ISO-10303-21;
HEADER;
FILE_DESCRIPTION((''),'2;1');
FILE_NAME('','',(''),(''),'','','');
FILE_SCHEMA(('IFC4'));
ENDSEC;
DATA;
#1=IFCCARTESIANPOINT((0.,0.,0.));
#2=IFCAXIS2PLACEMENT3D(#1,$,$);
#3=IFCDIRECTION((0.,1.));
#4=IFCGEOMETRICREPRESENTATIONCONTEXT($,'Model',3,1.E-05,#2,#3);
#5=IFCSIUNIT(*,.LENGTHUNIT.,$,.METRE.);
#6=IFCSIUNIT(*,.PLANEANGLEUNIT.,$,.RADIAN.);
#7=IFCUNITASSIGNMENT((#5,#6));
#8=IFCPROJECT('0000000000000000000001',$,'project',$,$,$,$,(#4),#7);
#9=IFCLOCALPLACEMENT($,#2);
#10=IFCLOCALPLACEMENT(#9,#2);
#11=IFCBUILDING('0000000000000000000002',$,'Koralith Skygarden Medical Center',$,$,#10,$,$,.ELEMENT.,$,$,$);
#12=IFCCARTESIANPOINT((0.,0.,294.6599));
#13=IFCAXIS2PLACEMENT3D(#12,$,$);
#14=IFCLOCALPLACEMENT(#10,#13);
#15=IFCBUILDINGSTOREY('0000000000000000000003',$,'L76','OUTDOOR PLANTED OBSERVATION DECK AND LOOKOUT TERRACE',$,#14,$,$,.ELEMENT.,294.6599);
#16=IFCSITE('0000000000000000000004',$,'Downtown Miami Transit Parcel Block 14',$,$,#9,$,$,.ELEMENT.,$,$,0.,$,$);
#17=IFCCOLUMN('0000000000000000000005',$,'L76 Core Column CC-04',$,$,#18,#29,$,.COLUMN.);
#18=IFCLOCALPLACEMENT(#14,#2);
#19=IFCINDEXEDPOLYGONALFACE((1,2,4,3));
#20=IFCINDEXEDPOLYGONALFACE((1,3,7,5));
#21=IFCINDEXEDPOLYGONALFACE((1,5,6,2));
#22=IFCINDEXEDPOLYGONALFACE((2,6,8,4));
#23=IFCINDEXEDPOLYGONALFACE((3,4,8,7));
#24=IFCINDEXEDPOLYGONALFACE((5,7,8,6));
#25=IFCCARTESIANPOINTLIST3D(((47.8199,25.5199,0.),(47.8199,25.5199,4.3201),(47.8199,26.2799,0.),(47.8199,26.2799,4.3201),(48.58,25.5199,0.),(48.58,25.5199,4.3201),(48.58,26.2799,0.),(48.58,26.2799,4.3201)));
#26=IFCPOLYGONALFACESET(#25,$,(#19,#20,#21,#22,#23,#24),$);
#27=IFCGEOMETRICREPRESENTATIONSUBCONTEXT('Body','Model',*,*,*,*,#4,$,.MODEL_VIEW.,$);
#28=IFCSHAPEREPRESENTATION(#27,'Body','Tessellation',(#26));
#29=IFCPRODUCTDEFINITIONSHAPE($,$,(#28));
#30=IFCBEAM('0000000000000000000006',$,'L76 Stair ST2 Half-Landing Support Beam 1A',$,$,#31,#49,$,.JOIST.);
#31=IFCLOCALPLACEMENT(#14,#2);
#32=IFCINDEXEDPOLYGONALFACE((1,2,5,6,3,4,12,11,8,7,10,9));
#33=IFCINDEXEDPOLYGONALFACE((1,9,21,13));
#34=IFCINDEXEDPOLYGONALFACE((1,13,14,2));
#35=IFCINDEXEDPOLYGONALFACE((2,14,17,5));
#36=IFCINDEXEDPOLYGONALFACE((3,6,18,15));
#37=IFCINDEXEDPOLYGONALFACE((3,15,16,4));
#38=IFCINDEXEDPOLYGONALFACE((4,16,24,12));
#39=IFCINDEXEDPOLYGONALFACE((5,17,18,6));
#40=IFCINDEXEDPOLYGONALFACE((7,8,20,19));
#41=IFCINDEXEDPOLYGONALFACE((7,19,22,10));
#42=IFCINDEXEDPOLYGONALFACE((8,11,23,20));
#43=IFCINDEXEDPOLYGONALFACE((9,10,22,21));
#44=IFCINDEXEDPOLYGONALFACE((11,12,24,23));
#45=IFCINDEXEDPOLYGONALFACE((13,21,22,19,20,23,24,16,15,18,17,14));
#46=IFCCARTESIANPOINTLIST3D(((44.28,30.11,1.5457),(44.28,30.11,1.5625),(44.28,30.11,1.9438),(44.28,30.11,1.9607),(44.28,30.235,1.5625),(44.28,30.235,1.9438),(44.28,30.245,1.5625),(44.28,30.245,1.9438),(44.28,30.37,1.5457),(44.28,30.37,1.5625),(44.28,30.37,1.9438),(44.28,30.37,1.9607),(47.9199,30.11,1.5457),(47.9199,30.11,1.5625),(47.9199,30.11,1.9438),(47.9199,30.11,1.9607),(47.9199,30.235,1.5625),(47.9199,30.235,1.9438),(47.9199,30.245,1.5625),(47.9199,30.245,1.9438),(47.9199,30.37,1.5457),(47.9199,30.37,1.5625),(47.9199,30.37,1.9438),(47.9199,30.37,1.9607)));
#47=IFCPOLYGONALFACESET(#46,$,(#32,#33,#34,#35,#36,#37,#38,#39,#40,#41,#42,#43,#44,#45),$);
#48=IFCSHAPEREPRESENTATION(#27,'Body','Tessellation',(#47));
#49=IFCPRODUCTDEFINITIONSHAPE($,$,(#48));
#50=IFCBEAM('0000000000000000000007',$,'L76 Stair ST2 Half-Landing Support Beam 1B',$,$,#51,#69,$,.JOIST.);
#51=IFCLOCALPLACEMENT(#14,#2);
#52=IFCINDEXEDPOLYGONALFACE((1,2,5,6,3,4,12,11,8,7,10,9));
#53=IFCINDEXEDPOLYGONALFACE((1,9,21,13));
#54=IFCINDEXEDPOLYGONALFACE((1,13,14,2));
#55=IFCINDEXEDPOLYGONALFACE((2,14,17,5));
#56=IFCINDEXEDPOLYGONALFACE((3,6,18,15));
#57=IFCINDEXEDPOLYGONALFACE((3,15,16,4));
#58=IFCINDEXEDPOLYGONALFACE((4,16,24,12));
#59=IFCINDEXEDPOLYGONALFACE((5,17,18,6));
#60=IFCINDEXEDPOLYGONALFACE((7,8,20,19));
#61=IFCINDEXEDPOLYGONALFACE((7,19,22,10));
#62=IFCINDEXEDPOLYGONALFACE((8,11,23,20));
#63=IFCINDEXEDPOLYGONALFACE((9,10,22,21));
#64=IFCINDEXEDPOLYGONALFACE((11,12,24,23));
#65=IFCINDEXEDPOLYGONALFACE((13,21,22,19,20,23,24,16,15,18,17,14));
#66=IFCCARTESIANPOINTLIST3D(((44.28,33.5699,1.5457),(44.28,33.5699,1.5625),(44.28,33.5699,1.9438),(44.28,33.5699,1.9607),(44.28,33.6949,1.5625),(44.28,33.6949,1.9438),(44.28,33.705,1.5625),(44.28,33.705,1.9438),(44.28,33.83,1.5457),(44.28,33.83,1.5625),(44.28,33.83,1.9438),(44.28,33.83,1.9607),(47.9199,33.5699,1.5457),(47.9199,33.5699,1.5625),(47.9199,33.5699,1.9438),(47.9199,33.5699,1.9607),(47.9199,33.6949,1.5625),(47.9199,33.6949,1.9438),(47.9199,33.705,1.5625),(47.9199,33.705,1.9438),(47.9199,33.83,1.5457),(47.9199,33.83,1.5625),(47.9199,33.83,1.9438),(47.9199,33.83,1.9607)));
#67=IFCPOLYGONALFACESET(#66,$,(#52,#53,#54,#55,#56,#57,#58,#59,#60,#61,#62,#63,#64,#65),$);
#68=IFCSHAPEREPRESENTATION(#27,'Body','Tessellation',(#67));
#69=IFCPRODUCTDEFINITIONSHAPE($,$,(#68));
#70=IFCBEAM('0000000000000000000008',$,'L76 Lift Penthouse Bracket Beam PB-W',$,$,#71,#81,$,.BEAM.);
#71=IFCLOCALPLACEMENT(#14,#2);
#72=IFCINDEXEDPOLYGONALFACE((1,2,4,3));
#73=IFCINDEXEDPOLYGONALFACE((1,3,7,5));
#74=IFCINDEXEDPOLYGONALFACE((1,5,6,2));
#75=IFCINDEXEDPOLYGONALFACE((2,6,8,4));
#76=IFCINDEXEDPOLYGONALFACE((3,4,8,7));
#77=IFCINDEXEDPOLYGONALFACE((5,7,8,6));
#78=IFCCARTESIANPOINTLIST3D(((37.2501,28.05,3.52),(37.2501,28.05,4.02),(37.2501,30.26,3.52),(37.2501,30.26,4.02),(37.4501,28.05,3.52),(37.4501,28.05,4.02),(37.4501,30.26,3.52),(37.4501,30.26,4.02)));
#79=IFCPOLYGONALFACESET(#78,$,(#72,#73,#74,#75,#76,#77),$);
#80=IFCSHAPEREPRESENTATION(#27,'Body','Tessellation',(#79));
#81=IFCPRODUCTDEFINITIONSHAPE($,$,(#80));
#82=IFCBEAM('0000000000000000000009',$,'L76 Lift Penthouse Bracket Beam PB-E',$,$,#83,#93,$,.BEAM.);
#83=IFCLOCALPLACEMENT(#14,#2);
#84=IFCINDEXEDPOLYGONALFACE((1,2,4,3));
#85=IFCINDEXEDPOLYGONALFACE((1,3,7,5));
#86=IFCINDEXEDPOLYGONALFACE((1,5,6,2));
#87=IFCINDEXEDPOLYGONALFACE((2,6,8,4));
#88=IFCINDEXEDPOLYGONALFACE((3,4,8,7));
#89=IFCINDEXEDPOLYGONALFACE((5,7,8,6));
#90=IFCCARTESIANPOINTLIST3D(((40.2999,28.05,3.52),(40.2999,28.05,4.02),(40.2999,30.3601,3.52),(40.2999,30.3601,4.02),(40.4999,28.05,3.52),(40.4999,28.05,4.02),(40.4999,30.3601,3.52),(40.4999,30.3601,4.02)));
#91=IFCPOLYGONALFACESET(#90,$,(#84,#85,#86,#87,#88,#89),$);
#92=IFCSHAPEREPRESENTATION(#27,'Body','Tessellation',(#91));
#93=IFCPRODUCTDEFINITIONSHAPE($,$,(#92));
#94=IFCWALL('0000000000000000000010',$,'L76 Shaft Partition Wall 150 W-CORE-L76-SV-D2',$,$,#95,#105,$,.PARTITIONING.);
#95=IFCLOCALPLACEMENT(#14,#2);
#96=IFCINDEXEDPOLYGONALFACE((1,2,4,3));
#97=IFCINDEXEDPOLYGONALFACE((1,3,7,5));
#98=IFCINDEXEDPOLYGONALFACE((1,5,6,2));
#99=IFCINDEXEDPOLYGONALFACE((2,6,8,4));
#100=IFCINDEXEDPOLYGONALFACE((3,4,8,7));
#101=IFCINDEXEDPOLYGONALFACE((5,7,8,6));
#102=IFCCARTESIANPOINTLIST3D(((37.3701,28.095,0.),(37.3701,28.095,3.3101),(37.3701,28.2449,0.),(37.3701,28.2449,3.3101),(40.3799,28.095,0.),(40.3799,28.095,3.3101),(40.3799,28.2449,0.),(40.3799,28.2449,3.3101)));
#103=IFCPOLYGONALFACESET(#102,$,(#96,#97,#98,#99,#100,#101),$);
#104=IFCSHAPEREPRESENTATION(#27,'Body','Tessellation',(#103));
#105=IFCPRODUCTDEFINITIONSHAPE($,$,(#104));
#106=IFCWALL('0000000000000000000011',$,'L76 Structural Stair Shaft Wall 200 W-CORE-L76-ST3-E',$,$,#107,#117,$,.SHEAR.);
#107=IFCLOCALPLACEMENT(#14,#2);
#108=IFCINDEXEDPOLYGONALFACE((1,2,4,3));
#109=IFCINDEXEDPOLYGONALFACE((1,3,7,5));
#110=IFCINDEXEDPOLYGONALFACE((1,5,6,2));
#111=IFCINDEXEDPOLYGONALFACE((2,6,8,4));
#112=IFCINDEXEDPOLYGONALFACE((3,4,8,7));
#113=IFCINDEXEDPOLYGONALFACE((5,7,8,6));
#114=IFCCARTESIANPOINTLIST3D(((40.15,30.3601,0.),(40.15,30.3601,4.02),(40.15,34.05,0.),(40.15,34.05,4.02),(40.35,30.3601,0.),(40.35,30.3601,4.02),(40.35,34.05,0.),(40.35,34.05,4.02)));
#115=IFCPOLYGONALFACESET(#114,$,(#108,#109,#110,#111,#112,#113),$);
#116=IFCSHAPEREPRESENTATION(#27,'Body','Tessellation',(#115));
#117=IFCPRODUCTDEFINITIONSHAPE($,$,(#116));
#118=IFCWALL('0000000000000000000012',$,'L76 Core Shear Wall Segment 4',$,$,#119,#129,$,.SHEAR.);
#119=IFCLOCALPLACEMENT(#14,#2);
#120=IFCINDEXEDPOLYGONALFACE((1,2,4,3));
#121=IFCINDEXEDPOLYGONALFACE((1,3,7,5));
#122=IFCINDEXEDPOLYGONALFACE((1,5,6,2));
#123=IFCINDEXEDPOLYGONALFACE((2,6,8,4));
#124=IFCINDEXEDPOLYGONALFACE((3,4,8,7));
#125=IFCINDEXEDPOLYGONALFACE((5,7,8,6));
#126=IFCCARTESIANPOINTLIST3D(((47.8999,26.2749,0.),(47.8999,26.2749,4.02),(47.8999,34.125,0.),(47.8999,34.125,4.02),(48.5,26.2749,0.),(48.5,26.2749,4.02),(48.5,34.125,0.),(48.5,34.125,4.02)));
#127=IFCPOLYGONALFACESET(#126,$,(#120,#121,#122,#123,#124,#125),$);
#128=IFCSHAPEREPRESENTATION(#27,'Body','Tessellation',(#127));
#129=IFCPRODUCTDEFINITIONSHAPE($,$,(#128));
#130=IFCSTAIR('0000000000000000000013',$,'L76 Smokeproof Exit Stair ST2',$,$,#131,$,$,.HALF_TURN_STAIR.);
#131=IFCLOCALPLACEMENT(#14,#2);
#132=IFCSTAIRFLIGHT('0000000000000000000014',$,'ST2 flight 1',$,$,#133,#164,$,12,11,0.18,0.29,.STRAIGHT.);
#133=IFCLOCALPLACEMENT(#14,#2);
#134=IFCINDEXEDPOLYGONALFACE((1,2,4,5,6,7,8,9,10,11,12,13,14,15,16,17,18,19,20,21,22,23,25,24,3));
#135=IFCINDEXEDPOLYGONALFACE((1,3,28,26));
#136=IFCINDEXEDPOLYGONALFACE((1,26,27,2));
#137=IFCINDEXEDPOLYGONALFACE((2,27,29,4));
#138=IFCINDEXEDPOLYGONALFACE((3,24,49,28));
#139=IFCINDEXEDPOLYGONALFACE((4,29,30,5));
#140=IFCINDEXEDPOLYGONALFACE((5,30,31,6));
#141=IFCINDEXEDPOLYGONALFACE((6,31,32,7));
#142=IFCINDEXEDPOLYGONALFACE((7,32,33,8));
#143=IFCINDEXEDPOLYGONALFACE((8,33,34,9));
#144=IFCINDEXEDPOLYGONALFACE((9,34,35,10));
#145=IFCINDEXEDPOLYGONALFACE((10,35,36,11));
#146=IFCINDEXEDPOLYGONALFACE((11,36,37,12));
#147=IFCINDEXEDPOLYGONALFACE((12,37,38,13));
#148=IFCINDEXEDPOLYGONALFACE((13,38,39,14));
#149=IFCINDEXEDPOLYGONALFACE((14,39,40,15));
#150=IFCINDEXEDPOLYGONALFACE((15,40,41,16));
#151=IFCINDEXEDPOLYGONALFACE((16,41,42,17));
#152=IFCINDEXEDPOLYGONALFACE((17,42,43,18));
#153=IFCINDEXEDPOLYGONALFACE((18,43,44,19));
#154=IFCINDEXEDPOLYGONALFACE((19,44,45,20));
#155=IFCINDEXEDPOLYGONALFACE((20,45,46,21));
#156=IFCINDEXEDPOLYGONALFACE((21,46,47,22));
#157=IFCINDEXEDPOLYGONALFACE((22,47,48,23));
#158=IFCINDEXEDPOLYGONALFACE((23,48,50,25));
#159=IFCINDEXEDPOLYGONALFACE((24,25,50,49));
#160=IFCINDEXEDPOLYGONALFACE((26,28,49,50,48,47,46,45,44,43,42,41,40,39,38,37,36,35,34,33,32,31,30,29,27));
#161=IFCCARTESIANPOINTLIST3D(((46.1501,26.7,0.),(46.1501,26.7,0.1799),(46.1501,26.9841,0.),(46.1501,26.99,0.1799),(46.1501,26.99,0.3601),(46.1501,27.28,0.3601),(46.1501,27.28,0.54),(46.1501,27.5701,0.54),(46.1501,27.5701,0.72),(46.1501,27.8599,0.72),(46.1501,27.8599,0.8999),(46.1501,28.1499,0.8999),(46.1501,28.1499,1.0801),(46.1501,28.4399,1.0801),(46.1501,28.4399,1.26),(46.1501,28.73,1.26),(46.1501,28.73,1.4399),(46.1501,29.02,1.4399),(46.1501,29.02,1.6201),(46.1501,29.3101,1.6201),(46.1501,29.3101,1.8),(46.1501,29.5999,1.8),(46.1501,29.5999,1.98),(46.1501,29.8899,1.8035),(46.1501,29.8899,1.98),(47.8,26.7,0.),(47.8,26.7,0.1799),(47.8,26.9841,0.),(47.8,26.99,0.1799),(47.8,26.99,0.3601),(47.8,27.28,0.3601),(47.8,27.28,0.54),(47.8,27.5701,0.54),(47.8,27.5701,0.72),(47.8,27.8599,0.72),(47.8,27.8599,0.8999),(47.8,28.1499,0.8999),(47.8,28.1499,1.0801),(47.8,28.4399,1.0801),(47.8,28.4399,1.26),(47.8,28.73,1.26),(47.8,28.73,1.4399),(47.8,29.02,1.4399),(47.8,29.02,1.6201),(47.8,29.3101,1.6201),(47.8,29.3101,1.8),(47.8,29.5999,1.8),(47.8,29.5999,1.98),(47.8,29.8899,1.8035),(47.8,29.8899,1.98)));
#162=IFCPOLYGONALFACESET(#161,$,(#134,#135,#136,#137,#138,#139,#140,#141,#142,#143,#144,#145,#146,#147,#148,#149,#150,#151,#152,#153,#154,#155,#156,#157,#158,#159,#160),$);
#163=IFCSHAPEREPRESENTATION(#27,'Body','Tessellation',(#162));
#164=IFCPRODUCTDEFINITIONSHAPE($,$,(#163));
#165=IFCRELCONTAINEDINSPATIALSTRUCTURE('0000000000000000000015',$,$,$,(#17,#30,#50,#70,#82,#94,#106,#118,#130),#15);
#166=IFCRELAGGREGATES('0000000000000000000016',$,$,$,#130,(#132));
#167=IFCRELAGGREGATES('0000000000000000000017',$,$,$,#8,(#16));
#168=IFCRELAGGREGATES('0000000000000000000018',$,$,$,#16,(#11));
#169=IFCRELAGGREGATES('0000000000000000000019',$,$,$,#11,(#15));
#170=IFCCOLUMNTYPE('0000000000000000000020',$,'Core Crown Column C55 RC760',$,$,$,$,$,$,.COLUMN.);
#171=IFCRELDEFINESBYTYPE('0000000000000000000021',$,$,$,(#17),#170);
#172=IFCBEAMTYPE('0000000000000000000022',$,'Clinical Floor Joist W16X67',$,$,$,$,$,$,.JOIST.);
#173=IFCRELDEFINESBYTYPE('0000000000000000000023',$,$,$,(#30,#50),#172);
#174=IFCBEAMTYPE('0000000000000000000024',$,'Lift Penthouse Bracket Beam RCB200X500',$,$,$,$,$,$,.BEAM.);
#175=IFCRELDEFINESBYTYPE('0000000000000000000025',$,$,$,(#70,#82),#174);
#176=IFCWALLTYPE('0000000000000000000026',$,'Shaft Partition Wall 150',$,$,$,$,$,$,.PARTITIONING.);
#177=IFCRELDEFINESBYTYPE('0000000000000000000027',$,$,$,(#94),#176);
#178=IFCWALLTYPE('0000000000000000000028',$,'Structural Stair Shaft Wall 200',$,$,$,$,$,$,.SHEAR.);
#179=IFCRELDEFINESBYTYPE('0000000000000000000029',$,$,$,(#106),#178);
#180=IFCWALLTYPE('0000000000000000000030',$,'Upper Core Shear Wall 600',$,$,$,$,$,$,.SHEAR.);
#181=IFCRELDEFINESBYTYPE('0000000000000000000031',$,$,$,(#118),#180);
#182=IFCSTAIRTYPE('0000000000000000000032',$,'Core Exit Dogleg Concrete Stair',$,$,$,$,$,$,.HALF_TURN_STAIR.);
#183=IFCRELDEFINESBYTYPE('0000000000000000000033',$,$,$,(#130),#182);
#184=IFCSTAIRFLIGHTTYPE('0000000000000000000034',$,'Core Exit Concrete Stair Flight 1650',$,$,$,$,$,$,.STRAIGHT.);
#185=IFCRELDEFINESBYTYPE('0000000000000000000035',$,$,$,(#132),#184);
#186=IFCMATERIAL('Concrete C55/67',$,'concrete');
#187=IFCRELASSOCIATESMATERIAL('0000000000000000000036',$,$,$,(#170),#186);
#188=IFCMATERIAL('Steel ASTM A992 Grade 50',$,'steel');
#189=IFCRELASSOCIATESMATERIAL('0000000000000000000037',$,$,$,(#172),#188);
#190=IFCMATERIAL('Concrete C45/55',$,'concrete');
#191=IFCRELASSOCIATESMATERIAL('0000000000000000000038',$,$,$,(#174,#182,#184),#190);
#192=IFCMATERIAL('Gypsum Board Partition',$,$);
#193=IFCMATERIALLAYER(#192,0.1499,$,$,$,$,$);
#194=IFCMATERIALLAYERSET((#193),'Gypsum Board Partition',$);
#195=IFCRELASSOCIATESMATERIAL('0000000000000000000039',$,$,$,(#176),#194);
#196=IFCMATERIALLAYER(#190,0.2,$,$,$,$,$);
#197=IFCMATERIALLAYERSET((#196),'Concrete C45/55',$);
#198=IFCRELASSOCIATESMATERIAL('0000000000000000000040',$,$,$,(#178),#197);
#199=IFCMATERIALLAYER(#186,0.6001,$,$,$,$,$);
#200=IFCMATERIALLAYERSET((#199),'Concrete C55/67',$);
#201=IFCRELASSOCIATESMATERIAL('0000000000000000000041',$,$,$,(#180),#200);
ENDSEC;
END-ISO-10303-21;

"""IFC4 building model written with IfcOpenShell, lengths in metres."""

from ifc_helpers import new_model, si_unit, direction, frame, frame_2d, origin, origin_2d, place, context, subcontext, project, spatial, polyline, rectangle, i_section, outline, extrude, material, layer, layer_set, material_profile, profile_set, type_object, element, aggregate, save


model = new_model("IFC4")

# Units and contexts
model_context = context("Model", 3, precision=1e-05, world=origin(), true_north=direction((0.0, 1.0)))
body_context = subcontext(model_context, "Body", "Model", "MODEL_VIEW")
ifc_project = project(units=[si_unit("LENGTHUNIT", "METRE"), si_unit("PLANEANGLEUNIT", "RADIAN")], contexts=[model_context])

# Site, building, storey
site_placement = place(None, origin())
site = spatial("IfcSite", under=ifc_project, at=site_placement, Name="Downtown Miami Transit Parcel Block 14", CompositionType="ELEMENT", RefElevation=0.0)
building_placement = place(site_placement, origin())
building = spatial("IfcBuilding", under=site, at=building_placement, Name="Koralith Skygarden Medical Center", CompositionType="ELEMENT")
storey_placement = place(building_placement, frame((0.0, 0.0, 294.6599)))
storey = spatial("IfcBuildingStorey", under=building, at=storey_placement, Name="L76", Description="OUTDOOR PLANTED OBSERVATION DECK AND LOOKOUT TERRACE", CompositionType="ELEMENT", Elevation=294.6599)

# Column
ifc_material_1 = material(Name="Concrete C55/67", Category="concrete")
ifc_material_profile_1 = material_profile(ifc_material_1, rectangle(XDim=0.76, YDim=0.76, at=origin_2d()), Name="RC760X760")
ifc_profile_set_1 = profile_set([ifc_material_profile_1], Name="Concrete C55/67")
column_type = type_object("IfcColumnType", Name="Core Crown Column C55 RC760", PredefinedType="COLUMN", material=ifc_profile_set_1)
column_placement = place(storey_placement, frame((48.2, 25.8999, 0.0), z_axis=(0.0, 0.0, 1.0), x_axis=(1.0, 0.0, 0.0)))
element("IfcColumn", 1, at=column_placement, inside=storey, type_object=column_type, Name="L76 Core Column CC-04", PredefinedType="COLUMN", context=body_context, shape_type="SweptSolid", body=[
    extrude(rectangle(XDim=0.76, YDim=0.76, at=origin_2d()), origin(), (0.0, 0.0, 1.0), 4.3201),
])

# Beams
ifc_material_2 = material(Name="Steel ASTM A992 Grade 50", Category="steel")
ifc_material_profile_2 = material_profile(ifc_material_2, i_section(OverallWidth=0.26, OverallDepth=0.415, WebThickness=0.01, FlangeThickness=0.0168, at=origin_2d()), Name="W16X67")
ifc_profile_set_2 = profile_set([ifc_material_profile_2], Name="Steel ASTM A992 Grade 50")
beam_type_1 = type_object("IfcBeamType", Name="Clinical Floor Joist W16X67", PredefinedType="JOIST", material=ifc_profile_set_2)
for number, where, z_axis, x_axis, name in (
    (2, (44.28, 30.24, 1.7532), (1.0, 0.0, 0.0), (0.0, 1.0, 0.0), "L76 Stair ST2 Half-Landing Support Beam 1A"),
    (3, (44.28, 33.7, 1.7532), (1.0, 0.0, 0.0), (0.0, 1.0, 0.0), "L76 Stair ST2 Half-Landing Support Beam 1B"),
):
    element("IfcBeam", number, at=place(storey_placement, frame(where, z_axis=z_axis, x_axis=x_axis)), inside=storey, type_object=beam_type_1, Name=name, PredefinedType="JOIST", context=body_context, shape_type="SweptSolid", body=[
        extrude(i_section(OverallWidth=0.26, OverallDepth=0.415, WebThickness=0.01, FlangeThickness=0.0168, at=origin_2d()), origin(), (0.0, 0.0, 1.0), 3.6399),
    ])
ifc_material_3 = material(Name="Concrete C45/55", Category="concrete")
ifc_material_profile_3 = material_profile(ifc_material_3, rectangle(XDim=0.2, YDim=0.5, at=origin_2d()), Name="RCB200X500")
ifc_profile_set_3 = profile_set([ifc_material_profile_3], Name="Concrete C45/55")
beam_type_2 = type_object("IfcBeamType", Name="Lift Penthouse Bracket Beam RCB200X500", PredefinedType="BEAM", material=ifc_profile_set_3)
beam_1_placement = place(storey_placement, frame((37.3501, 28.05, 3.77), z_axis=(0.0, 1.0, 0.0), x_axis=(-1.0, 0.0, 0.0)))
element("IfcBeam", 4, at=beam_1_placement, inside=storey, type_object=beam_type_2, Name="L76 Lift Penthouse Bracket Beam PB-W", PredefinedType="BEAM", context=body_context, shape_type="SweptSolid", body=[
    extrude(rectangle(XDim=0.2, YDim=0.5, at=origin_2d()), origin(), (0.0, 0.0, 1.0), 2.21),
])
beam_2_placement = place(storey_placement, frame((40.3999, 28.05, 3.77), z_axis=(0.0, 1.0, 0.0), x_axis=(-1.0, 0.0, 0.0)))
element("IfcBeam", 5, at=beam_2_placement, inside=storey, type_object=beam_type_2, Name="L76 Lift Penthouse Bracket Beam PB-E", PredefinedType="BEAM", context=body_context, shape_type="SweptSolid", body=[
    extrude(rectangle(XDim=0.2, YDim=0.5, at=origin_2d()), origin(), (0.0, 0.0, 1.0), 2.3101),
])

# Walls
ifc_material_4 = material(Name="Gypsum Board Partition")
ifc_layer_1 = layer(ifc_material_4, 0.1499)
ifc_layer_set_1 = layer_set([ifc_layer_1], Name="Gypsum Board Partition")
wall_type_1 = type_object("IfcWallType", Name="Shaft Partition Wall 150", PredefinedType="PARTITIONING", material=ifc_layer_set_1)
wall_1_placement = place(storey_placement, frame((37.3701, 28.1699, 0.0), z_axis=(0.0, 0.0, 1.0), x_axis=(1.0, 0.0, 0.0)))
element("IfcWall", 6, at=wall_1_placement, inside=storey, type_object=wall_type_1, Name="L76 Shaft Partition Wall 150 W-CORE-L76-SV-D2", PredefinedType="PARTITIONING", context=body_context, shape_type="SweptSolid", body=[
    extrude(rectangle(XDim=3.0098, YDim=0.1499, at=frame_2d((1.5049, 0.0))), origin(), (0.0, 0.0, 1.0), 3.3101),
])
ifc_layer_2 = layer(ifc_material_3, 0.2)
ifc_layer_set_2 = layer_set([ifc_layer_2], Name="Concrete C45/55")
wall_type_2 = type_object("IfcWallType", Name="Structural Stair Shaft Wall 200", PredefinedType="SHEAR", material=ifc_layer_set_2)
wall_2_placement = place(storey_placement, frame((40.25, 30.3601, 0.0), z_axis=(0.0, 0.0, 1.0), x_axis=(0.0, 1.0, 0.0)))
element("IfcWall", 7, at=wall_2_placement, inside=storey, type_object=wall_type_2, Name="L76 Structural Stair Shaft Wall 200 W-CORE-L76-ST3-E", PredefinedType="SHEAR", context=body_context, shape_type="SweptSolid", body=[
    extrude(rectangle(XDim=3.6899, YDim=0.2, at=frame_2d((1.845, 0.0))), origin(), (0.0, 0.0, 1.0), 4.02),
])
ifc_layer_3 = layer(ifc_material_1, 0.6001)
ifc_layer_set_3 = layer_set([ifc_layer_3], Name="Concrete C55/67")
wall_type_3 = type_object("IfcWallType", Name="Upper Core Shear Wall 600", PredefinedType="SHEAR", material=ifc_layer_set_3)
wall_3_placement = place(storey_placement, frame((48.2, 26.2749, 0.0), z_axis=(0.0, 0.0, 1.0), x_axis=(0.0, 1.0, 0.0)))
element("IfcWall", 8, at=wall_3_placement, inside=storey, type_object=wall_type_3, Name="L76 Core Shear Wall Segment 4", PredefinedType="SHEAR", context=body_context, shape_type="SweptSolid", body=[
    extrude(rectangle(XDim=7.8501, YDim=0.6001, at=frame_2d((3.925, 0.0))), origin(), (0.0, 0.0, 1.0), 4.02),
])

# Stair, stair flight
stair_type = type_object("IfcStairType", Name="Core Exit Dogleg Concrete Stair", PredefinedType="HALF_TURN_STAIR", material=ifc_material_3)
stair_placement = place(storey_placement, origin())
stair = element("IfcStair", 9, at=stair_placement, inside=storey, type_object=stair_type, Name="L76 Smokeproof Exit Stair ST2", PredefinedType="HALF_TURN_STAIR")
stair_flight_type = type_object("IfcStairFlightType", Name="Core Exit Concrete Stair Flight 1650", PredefinedType="STRAIGHT", material=ifc_material_3)
stair_flight_1_placement = place(storey_placement, frame((46.9751, 26.7, 0.0), z_axis=(0.0, 0.0, 1.0), x_axis=(0.0, 1.0, 0.0)))
stair_flight_1 = element("IfcStairFlight", 10, at=stair_flight_1_placement, type_object=stair_flight_type, Name="ST2 flight 1", NumberOfRisers=12, NumberOfTreads=11, PredefinedType="STRAIGHT", RiserHeight=0.18, TreadLength=0.29, context=body_context, shape_type="SweptSolid", body=[
    extrude(outline(polyline([(0.0, 0.0), (0.0, 0.1799), (0.29, 0.1799), (0.29, 0.3601), (0.5801, 0.3601), (0.5801, 0.54), (0.8701, 0.54), (0.8701, 0.72), (1.1599, 0.72), (1.1599, 0.8999), (1.45, 0.8999), (1.45, 1.0801), (1.74, 1.0801), (1.74, 1.26), (2.03, 1.26), (2.03, 1.4399), (2.3201, 1.4399), (2.3201, 1.6201), (2.6101, 1.6201), (2.6101, 1.8), (2.8999, 1.8), (2.8999, 1.98), (3.1899, 1.98), (3.1899, 2.1599), (3.1899, 1.8035), (0.2842, 0.0), (0.0, 0.0)])), frame((0.0, 0.825, 0.0), z_axis=(0.0, -1.0, 0.0), x_axis=(1.0, 0.0, 0.0)), (0.0, 0.0, 1.0), 1.6499),
])
aggregate(stair, [stair_flight_1])

save(model, "model.ifc")
